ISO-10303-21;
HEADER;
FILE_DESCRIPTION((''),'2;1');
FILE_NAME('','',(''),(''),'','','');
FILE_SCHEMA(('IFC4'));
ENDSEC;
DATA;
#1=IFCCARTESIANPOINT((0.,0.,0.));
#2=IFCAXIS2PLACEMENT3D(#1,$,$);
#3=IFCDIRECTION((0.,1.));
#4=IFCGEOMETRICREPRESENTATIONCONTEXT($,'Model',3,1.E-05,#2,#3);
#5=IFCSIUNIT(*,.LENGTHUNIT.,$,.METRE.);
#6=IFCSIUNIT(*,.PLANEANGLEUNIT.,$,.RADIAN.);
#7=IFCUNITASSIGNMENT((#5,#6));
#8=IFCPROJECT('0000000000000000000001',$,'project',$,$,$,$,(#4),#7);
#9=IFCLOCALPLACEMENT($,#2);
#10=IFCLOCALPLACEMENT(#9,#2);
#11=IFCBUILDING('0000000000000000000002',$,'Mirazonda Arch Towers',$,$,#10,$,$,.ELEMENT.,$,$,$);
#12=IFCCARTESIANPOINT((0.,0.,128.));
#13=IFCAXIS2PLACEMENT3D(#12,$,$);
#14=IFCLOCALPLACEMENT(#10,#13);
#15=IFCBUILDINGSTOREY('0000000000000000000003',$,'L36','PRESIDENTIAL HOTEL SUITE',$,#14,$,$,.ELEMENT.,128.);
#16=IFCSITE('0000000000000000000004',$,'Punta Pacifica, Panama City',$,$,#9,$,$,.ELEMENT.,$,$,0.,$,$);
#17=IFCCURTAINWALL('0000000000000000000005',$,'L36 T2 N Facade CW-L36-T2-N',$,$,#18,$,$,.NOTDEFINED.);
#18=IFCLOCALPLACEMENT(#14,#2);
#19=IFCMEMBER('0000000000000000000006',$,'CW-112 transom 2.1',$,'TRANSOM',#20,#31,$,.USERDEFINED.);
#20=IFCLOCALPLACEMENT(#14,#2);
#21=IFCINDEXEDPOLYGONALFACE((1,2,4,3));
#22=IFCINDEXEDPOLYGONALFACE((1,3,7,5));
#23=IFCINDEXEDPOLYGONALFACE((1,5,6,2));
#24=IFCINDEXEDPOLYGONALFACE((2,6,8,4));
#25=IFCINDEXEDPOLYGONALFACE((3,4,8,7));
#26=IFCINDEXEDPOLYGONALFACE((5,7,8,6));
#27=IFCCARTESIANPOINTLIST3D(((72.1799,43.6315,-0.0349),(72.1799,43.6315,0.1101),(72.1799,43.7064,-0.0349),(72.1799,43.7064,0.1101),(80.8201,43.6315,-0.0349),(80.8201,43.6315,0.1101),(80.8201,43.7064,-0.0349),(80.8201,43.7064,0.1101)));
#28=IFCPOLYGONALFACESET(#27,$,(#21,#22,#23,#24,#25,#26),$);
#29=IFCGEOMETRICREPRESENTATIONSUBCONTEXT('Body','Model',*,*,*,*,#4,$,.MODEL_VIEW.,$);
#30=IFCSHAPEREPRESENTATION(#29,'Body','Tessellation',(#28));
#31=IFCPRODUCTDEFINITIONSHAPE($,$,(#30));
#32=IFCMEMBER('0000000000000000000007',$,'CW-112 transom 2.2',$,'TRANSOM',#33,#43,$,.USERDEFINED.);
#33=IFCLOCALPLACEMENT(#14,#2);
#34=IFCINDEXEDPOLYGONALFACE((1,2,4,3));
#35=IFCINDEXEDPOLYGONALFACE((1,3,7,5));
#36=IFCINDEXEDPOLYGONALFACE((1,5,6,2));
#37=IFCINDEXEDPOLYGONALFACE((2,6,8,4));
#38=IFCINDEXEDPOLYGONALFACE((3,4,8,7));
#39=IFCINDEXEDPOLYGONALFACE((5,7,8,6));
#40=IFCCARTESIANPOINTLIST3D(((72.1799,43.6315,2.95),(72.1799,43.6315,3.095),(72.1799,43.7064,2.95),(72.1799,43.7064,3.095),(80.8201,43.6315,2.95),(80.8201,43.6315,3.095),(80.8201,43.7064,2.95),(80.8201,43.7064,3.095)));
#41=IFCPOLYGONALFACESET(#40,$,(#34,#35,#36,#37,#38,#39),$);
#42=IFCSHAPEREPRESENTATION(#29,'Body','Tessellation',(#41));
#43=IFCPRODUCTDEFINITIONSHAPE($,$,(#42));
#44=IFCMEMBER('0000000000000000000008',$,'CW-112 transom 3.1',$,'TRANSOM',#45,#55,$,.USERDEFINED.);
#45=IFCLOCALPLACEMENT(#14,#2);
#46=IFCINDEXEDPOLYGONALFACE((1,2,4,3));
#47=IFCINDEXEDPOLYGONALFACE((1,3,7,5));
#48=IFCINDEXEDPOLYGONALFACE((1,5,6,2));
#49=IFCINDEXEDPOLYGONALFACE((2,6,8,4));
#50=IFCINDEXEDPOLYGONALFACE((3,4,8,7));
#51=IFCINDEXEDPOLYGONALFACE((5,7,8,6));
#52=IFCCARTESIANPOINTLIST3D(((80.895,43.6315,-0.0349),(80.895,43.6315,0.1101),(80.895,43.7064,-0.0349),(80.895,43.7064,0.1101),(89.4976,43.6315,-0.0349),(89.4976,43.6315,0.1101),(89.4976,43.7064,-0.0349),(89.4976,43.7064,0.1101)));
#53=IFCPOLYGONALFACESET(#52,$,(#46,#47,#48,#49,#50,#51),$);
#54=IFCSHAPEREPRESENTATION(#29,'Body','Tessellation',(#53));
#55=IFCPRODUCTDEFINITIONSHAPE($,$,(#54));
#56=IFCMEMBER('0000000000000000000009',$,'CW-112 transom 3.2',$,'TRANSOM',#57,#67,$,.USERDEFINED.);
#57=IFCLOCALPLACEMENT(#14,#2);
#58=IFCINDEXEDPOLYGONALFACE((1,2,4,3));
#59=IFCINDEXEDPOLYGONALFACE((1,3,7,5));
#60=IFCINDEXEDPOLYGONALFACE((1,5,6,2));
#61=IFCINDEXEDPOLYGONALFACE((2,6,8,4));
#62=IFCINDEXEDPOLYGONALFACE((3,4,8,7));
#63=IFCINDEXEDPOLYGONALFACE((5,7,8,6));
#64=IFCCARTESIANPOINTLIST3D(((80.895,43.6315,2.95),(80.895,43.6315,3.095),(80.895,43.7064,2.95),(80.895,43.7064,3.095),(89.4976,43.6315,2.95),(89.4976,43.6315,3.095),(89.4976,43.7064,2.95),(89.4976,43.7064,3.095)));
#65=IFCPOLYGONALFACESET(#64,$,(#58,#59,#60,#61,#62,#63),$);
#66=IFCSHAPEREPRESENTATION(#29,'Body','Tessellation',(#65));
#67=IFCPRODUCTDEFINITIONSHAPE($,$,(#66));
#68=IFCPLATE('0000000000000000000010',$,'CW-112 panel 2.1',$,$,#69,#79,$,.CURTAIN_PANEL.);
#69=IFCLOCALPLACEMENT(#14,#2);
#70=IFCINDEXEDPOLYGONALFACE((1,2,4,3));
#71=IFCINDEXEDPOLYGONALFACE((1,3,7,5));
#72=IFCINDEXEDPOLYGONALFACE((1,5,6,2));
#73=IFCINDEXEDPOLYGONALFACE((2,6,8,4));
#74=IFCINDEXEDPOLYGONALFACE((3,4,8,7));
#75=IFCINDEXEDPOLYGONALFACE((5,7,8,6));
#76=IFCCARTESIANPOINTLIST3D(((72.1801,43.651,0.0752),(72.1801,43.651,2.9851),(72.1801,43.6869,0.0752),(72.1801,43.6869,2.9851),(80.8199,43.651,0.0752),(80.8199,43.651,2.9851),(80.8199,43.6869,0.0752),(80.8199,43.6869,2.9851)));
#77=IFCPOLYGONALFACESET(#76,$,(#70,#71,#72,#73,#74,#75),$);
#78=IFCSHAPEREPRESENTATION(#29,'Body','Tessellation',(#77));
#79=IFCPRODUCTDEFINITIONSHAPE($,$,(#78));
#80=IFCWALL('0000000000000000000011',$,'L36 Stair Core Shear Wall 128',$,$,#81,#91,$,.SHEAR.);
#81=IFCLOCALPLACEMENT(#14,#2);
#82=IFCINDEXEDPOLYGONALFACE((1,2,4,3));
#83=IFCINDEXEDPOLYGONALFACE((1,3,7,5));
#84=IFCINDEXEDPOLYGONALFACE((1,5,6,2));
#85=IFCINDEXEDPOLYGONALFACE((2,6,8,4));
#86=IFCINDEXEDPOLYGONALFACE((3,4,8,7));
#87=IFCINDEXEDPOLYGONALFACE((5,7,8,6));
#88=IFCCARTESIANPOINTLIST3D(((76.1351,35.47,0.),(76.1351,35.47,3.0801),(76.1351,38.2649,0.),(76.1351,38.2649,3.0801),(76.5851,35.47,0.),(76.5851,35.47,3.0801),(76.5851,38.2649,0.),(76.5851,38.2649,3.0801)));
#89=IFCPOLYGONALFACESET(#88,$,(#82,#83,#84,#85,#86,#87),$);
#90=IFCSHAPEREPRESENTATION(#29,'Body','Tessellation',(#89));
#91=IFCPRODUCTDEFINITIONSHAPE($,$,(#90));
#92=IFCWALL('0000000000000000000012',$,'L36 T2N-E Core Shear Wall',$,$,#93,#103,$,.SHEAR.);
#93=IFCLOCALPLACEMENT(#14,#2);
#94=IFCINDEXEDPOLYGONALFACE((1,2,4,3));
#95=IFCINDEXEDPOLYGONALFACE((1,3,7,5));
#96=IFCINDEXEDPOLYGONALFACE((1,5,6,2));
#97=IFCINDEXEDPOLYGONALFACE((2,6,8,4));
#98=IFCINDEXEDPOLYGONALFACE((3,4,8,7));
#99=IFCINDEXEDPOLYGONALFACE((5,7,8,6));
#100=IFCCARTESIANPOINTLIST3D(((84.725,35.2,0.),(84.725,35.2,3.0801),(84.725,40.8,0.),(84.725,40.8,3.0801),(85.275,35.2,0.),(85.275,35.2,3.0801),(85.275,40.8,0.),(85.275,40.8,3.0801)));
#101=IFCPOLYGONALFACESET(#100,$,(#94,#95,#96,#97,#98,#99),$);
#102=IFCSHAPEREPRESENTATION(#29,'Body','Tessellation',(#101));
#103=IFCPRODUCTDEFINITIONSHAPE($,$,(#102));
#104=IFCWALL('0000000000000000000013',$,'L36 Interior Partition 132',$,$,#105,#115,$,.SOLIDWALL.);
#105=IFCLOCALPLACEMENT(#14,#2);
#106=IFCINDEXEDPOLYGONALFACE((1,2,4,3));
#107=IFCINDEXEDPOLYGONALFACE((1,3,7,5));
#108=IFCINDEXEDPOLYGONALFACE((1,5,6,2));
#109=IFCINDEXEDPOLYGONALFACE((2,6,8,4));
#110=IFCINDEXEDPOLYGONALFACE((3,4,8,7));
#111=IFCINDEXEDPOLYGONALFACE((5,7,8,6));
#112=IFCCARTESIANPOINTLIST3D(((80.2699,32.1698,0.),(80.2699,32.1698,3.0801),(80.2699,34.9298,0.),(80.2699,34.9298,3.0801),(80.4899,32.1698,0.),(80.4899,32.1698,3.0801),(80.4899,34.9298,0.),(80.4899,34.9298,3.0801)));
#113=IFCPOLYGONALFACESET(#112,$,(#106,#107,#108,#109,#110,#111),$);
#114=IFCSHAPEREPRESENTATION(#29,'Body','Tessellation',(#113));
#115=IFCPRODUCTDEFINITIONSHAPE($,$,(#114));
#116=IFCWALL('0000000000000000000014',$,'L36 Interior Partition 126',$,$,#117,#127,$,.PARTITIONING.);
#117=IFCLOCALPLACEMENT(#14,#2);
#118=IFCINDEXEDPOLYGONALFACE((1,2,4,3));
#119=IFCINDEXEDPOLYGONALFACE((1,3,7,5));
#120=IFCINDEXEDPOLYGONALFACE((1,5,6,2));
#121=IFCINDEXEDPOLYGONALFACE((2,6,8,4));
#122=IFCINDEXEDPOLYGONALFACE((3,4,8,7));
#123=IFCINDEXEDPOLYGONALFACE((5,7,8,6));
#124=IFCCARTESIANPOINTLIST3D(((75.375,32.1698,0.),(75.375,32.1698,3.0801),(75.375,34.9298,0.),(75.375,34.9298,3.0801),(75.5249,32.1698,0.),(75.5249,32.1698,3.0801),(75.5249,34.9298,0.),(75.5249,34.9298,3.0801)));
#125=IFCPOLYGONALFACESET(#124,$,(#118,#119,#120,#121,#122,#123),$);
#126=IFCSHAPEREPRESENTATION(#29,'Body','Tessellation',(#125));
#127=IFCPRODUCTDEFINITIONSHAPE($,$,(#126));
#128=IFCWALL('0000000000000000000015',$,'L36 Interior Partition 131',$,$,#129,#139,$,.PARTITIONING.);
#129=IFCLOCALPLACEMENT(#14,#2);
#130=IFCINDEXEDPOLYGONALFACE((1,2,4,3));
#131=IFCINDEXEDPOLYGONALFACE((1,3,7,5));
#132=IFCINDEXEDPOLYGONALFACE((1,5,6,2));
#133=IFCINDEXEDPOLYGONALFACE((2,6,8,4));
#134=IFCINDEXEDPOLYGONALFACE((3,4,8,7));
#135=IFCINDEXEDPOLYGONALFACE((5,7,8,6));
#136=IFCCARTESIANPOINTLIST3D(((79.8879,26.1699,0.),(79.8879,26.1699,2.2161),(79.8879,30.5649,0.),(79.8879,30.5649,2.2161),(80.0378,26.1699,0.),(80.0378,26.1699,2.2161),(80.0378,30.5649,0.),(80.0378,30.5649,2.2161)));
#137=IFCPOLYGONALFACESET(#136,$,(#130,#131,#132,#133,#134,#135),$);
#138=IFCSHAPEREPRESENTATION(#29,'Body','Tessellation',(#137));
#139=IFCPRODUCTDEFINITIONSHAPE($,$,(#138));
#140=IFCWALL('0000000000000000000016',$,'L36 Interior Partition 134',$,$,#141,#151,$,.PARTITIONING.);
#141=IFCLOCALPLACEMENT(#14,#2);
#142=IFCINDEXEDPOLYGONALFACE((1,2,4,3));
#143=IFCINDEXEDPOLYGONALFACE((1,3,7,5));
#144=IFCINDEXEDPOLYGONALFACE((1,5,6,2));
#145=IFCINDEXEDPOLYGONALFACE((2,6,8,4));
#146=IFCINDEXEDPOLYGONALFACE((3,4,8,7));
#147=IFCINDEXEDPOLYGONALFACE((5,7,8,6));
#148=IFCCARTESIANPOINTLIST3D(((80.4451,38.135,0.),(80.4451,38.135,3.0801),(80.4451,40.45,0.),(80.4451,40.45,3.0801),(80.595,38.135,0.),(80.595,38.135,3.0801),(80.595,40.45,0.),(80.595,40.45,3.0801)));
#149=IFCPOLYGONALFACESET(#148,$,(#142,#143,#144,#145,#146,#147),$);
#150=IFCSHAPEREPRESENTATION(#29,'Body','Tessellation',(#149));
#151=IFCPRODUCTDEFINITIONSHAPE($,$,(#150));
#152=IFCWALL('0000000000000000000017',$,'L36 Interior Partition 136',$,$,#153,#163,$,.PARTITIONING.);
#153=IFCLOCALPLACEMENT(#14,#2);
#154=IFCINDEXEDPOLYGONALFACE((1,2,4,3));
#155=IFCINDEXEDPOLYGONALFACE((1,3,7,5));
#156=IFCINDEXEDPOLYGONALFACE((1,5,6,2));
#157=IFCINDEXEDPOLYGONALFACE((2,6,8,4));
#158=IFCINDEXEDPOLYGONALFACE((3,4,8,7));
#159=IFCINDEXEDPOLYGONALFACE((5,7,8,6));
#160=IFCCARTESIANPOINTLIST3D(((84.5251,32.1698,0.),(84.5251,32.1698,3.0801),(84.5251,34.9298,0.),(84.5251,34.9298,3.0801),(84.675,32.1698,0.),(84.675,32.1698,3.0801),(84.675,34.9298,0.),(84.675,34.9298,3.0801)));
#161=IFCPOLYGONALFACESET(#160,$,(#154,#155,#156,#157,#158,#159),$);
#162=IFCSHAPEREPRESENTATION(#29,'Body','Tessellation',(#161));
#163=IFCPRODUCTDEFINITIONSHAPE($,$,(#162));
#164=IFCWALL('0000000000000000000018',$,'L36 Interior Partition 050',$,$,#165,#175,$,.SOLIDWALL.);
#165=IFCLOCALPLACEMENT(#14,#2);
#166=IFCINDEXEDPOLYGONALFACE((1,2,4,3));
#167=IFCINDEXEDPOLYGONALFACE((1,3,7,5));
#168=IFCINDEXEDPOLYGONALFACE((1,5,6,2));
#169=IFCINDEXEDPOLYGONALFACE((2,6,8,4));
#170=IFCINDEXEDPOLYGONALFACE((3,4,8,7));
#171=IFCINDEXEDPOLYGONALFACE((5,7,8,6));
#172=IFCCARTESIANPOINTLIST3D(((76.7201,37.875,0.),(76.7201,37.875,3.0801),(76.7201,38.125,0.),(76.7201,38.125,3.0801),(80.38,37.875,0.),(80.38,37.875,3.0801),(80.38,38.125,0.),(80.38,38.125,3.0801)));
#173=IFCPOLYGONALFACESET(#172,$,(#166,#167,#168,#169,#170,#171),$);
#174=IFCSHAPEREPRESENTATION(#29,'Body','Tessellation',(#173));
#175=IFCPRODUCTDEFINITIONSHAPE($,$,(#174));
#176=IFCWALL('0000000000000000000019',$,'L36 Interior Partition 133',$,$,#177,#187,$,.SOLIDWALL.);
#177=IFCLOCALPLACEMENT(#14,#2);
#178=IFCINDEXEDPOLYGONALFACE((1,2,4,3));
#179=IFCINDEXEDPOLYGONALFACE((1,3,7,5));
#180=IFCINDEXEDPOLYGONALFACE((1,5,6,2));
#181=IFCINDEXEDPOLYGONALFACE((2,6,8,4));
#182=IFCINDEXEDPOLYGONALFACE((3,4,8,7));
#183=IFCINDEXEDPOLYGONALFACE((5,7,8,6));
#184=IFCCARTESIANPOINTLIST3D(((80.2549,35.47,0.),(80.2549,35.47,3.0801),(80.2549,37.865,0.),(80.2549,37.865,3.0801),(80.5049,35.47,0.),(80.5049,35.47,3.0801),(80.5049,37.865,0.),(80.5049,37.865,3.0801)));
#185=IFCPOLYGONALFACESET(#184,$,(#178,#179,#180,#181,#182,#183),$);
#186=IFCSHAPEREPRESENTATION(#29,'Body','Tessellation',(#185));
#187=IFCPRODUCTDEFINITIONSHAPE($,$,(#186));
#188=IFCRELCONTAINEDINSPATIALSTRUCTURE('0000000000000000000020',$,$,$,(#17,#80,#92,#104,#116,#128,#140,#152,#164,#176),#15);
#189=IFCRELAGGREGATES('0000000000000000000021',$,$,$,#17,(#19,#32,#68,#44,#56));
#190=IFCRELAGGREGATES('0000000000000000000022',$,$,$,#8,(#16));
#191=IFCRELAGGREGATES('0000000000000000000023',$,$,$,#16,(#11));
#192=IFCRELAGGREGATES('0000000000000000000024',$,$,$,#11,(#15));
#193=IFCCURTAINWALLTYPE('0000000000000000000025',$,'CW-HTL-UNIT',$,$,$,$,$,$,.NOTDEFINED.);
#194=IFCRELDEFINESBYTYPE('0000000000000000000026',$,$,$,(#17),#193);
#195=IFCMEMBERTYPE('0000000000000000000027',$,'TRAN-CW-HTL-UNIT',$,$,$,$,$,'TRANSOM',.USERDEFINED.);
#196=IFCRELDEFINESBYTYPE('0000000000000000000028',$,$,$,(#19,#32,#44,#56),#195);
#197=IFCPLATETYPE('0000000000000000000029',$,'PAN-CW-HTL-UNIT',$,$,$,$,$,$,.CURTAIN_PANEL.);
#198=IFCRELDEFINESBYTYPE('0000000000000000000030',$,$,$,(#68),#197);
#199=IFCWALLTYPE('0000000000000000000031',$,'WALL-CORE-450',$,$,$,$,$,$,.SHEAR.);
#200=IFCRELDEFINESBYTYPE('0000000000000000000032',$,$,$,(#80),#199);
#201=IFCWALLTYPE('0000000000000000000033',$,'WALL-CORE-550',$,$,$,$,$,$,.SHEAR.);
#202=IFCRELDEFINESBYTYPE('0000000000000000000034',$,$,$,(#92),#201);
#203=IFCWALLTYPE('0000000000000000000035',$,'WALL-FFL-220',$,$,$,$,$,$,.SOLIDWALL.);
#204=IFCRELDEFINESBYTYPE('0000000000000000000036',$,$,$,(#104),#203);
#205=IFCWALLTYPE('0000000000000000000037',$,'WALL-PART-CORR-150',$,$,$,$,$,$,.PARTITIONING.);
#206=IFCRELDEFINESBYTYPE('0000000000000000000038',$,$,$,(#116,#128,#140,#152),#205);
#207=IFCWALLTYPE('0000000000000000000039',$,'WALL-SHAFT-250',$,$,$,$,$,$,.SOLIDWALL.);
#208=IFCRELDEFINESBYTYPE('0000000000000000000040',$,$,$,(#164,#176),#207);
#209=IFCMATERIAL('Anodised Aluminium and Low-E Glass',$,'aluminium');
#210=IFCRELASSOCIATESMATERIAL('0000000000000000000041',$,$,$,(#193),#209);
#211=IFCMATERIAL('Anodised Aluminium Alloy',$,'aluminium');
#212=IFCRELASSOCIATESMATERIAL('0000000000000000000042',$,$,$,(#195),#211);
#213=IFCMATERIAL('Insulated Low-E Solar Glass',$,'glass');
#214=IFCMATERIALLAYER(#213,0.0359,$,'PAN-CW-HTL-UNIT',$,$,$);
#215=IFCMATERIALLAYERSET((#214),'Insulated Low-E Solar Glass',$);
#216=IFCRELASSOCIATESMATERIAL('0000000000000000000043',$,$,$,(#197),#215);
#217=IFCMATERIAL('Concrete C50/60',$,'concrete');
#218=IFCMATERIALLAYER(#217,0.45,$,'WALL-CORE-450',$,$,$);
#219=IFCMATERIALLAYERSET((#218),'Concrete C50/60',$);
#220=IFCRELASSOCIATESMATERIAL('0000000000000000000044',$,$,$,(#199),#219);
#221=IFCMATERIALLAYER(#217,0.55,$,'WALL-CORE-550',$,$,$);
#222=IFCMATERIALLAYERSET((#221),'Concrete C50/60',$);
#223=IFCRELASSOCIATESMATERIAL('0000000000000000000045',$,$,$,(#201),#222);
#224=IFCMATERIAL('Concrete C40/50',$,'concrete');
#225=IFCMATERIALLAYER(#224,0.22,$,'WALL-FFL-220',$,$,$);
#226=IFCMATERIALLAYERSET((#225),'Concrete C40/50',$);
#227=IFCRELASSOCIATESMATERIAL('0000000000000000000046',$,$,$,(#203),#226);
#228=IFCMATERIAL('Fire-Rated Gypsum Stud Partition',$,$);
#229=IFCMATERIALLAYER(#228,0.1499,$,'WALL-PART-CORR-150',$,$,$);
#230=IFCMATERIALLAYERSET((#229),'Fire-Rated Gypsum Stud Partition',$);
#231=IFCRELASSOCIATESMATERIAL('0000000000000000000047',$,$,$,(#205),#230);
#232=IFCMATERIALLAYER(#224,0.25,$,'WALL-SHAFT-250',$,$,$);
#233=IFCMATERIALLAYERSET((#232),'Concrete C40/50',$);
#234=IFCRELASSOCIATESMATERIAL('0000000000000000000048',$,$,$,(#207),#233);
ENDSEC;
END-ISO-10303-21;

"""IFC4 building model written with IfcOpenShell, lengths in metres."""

from ifc_helpers import new_model, si_unit, direction, frame, frame_2d, origin, origin_2d, place, context, subcontext, project, spatial, rectangle, extrude, material, layer, layer_set, material_profile, profile_set, type_object, element, aggregate, save


model = new_model("IFC4")

# Units and contexts
model_context = context("Model", 3, precision=1e-05, world=origin(), true_north=direction((0.0, 1.0)))
body_context = subcontext(model_context, "Body", "Model", "MODEL_VIEW")
ifc_project = project(units=[si_unit("LENGTHUNIT", "METRE"), si_unit("PLANEANGLEUNIT", "RADIAN")], contexts=[model_context])

# Site, building, storey
site_placement = place(None, origin())
site = spatial("IfcSite", under=ifc_project, at=site_placement, Name="Punta Pacifica, Panama City", CompositionType="ELEMENT", RefElevation=0.0)
building_placement = place(site_placement, origin())
building = spatial("IfcBuilding", under=site, at=building_placement, Name="Mirazonda Arch Towers", CompositionType="ELEMENT")
storey_placement = place(building_placement, frame((0.0, 0.0, 128.0)))
storey = spatial("IfcBuildingStorey", under=building, at=storey_placement, Name="L36", Description="PRESIDENTIAL HOTEL SUITE", CompositionType="ELEMENT", Elevation=128.0)

# Shared definitions
ifc_material_1 = material(Name="Concrete C50/60", Category="concrete")

# Curtain wall, members, plate
ifc_material_2 = material(Name="Anodised Aluminium and Low-E Glass", Category="aluminium")
curtain_wall_type = type_object("IfcCurtainWallType", Name="CW-HTL-UNIT", PredefinedType="NOTDEFINED", material=ifc_material_2)
curtain_wall_placement = place(storey_placement, origin())
curtain_wall = element("IfcCurtainWall", 1, at=curtain_wall_placement, inside=storey, type_object=curtain_wall_type, Name="L36 T2 N Facade CW-L36-T2-N", PredefinedType="NOTDEFINED")
ifc_material_3 = material(Name="Anodised Aluminium Alloy", Category="aluminium")
ifc_material_profile_1 = material_profile(ifc_material_3, rectangle(XDim=0.075, YDim=0.145, at=origin_2d()), Name="ALU-TRAN-75x145")
ifc_profile_set_1 = profile_set([ifc_material_profile_1], Name="Anodised Aluminium Alloy")
member_type_1 = type_object("IfcMemberType", Name="TRAN-CW-HTL-UNIT", ElementType="TRANSOM", PredefinedType="USERDEFINED", material=ifc_profile_set_1)
member_1_placement = place(storey_placement, frame((72.1799, 43.6689, 0.0376), z_axis=(1.0, 0.0, 0.0), x_axis=(0.0, 1.0, 0.0)))
member_1 = element("IfcMember", 2, at=member_1_placement, type_object=member_type_1, Name="CW-112 transom 2.1", ObjectType="TRANSOM", PredefinedType="USERDEFINED", context=body_context, shape_type="SweptSolid", body=[
    extrude(rectangle(XDim=0.075, YDim=0.145, at=origin_2d()), origin(), (0.0, 0.0, 1.0), 8.6401),
])
member_2_placement = place(storey_placement, frame((72.1799, 43.6689, 3.0225), z_axis=(1.0, 0.0, 0.0), x_axis=(0.0, 1.0, 0.0)))
member_2 = element("IfcMember", 3, at=member_2_placement, type_object=member_type_1, Name="CW-112 transom 2.2", ObjectType="TRANSOM", PredefinedType="USERDEFINED", context=body_context, shape_type="SweptSolid", body=[
    extrude(rectangle(XDim=0.075, YDim=0.145, at=origin_2d()), origin(), (0.0, 0.0, 1.0), 8.6401),
])
member_3_placement = place(storey_placement, frame((80.895, 43.6689, 0.0376), z_axis=(1.0, 0.0, 0.0), x_axis=(0.0, 1.0, 0.0)))
member_3 = element("IfcMember", 4, at=member_3_placement, type_object=member_type_1, Name="CW-112 transom 3.1", ObjectType="TRANSOM", PredefinedType="USERDEFINED", context=body_context, shape_type="SweptSolid", body=[
    extrude(rectangle(XDim=0.075, YDim=0.145, at=origin_2d()), origin(), (0.0, 0.0, 1.0), 8.6025),
])
member_4_placement = place(storey_placement, frame((80.895, 43.6689, 3.0225), z_axis=(1.0, 0.0, 0.0), x_axis=(0.0, 1.0, 0.0)))
member_4 = element("IfcMember", 5, at=member_4_placement, type_object=member_type_1, Name="CW-112 transom 3.2", ObjectType="TRANSOM", PredefinedType="USERDEFINED", context=body_context, shape_type="SweptSolid", body=[
    extrude(rectangle(XDim=0.075, YDim=0.145, at=origin_2d()), origin(), (0.0, 0.0, 1.0), 8.6025),
])
ifc_material_4 = material(Name="Insulated Low-E Solar Glass", Category="glass")
ifc_layer_1 = layer(ifc_material_4, 0.0359, Name="PAN-CW-HTL-UNIT")
ifc_layer_set_1 = layer_set([ifc_layer_1], Name="Insulated Low-E Solar Glass")
plate_type = type_object("IfcPlateType", Name="PAN-CW-HTL-UNIT", PredefinedType="CURTAIN_PANEL", material=ifc_layer_set_1)
plate_placement = place(storey_placement, frame((76.5, 43.6689, 0.0752), z_axis=(0.0, 0.0, 1.0), x_axis=(1.0, 0.0, 0.0)))
plate = element("IfcPlate", 6, at=plate_placement, type_object=plate_type, Name="CW-112 panel 2.1", PredefinedType="CURTAIN_PANEL", context=body_context, shape_type="SweptSolid", body=[
    extrude(rectangle(XDim=8.6399, YDim=0.0359, at=origin_2d()), origin(), (0.0, 0.0, 1.0), 2.9099),
])
aggregate(curtain_wall, [member_1, member_2, plate, member_3, member_4])

# Walls
ifc_layer_2 = layer(ifc_material_1, 0.45, Name="WALL-CORE-450")
ifc_layer_set_2 = layer_set([ifc_layer_2], Name="Concrete C50/60")
wall_type_1 = type_object("IfcWallType", Name="WALL-CORE-450", PredefinedType="SHEAR", material=ifc_layer_set_2)
wall_1_placement = place(storey_placement, frame((76.3601, 35.47, 0.0), z_axis=(0.0, 0.0, 1.0), x_axis=(0.0, 1.0, 0.0)))
element("IfcWall", 7, at=wall_1_placement, inside=storey, type_object=wall_type_1, Name="L36 Stair Core Shear Wall 128", PredefinedType="SHEAR", context=body_context, shape_type="SweptSolid", body=[
    extrude(rectangle(XDim=2.7949, YDim=0.45, at=frame_2d((1.3975, 0.0))), origin(), (0.0, 0.0, 1.0), 3.0801),
])
ifc_layer_3 = layer(ifc_material_1, 0.55, Name="WALL-CORE-550")
ifc_layer_set_3 = layer_set([ifc_layer_3], Name="Concrete C50/60")
wall_type_2 = type_object("IfcWallType", Name="WALL-CORE-550", PredefinedType="SHEAR", material=ifc_layer_set_3)
wall_2_placement = place(storey_placement, frame((85.0, 35.2, 0.0), z_axis=(0.0, 0.0, 1.0), x_axis=(0.0, 1.0, 0.0)))
element("IfcWall", 8, at=wall_2_placement, inside=storey, type_object=wall_type_2, Name="L36 T2N-E Core Shear Wall", PredefinedType="SHEAR", context=body_context, shape_type="SweptSolid", body=[
    extrude(rectangle(XDim=5.6001, YDim=0.55, at=frame_2d((2.8, 0.0))), origin(), (0.0, 0.0, 1.0), 3.0801),
])
ifc_material_5 = material(Name="Concrete C40/50", Category="concrete")
ifc_layer_4 = layer(ifc_material_5, 0.22, Name="WALL-FFL-220")
ifc_layer_set_4 = layer_set([ifc_layer_4], Name="Concrete C40/50")
wall_type_3 = type_object("IfcWallType", Name="WALL-FFL-220", PredefinedType="SOLIDWALL", material=ifc_layer_set_4)
wall_3_placement = place(storey_placement, frame((80.3799, 32.1699, 0.0), z_axis=(0.0, 0.0, 1.0), x_axis=(0.0, 1.0, 0.0)))
element("IfcWall", 9, at=wall_3_placement, inside=storey, type_object=wall_type_3, Name="L36 Interior Partition 132", PredefinedType="SOLIDWALL", context=body_context, shape_type="SweptSolid", body=[
    extrude(rectangle(XDim=2.76, YDim=0.22, at=frame_2d((1.3799, 0.0))), origin(), (0.0, 0.0, 1.0), 3.0801),
])
ifc_material_6 = material(Name="Fire-Rated Gypsum Stud Partition")
ifc_layer_5 = layer(ifc_material_6, 0.1499, Name="WALL-PART-CORR-150")
ifc_layer_set_5 = layer_set([ifc_layer_5], Name="Fire-Rated Gypsum Stud Partition")
wall_type_4 = type_object("IfcWallType", Name="WALL-PART-CORR-150", PredefinedType="PARTITIONING", material=ifc_layer_set_5)
wall_4_placement = place(storey_placement, frame((75.45, 32.1699, 0.0), z_axis=(0.0, 0.0, 1.0), x_axis=(0.0, 1.0, 0.0)))
element("IfcWall", 10, at=wall_4_placement, inside=storey, type_object=wall_type_4, Name="L36 Interior Partition 126", PredefinedType="PARTITIONING", context=body_context, shape_type="SweptSolid", body=[
    extrude(rectangle(XDim=2.76, YDim=0.1499, at=frame_2d((1.3799, 0.0))), origin(), (0.0, 0.0, 1.0), 3.0801),
])
wall_5_placement = place(storey_placement, frame((79.9629, 26.1699, 0.0), z_axis=(0.0, 0.0, 1.0), x_axis=(0.0, 1.0, 0.0)))
element("IfcWall", 11, at=wall_5_placement, inside=storey, type_object=wall_type_4, Name="L36 Interior Partition 131", PredefinedType="PARTITIONING", context=body_context, shape_type="SweptSolid", body=[
    extrude(rectangle(XDim=4.395, YDim=0.1499, at=frame_2d((2.1975, 0.0))), origin(), (0.0, 0.0, 1.0), 2.2161),
])
wall_6_placement = place(storey_placement, frame((80.52, 38.135, 0.0), z_axis=(0.0, 0.0, 1.0), x_axis=(0.0, 1.0, 0.0)))
element("IfcWall", 12, at=wall_6_placement, inside=storey, type_object=wall_type_4, Name="L36 Interior Partition 134", PredefinedType="PARTITIONING", context=body_context, shape_type="SweptSolid", body=[
    extrude(rectangle(XDim=2.3149, YDim=0.1499, at=frame_2d((1.1575, 0.0))), origin(), (0.0, 0.0, 1.0), 3.0801),
])
wall_7_placement = place(storey_placement, frame((84.6001, 32.1699, 0.0), z_axis=(0.0, 0.0, 1.0), x_axis=(0.0, 1.0, 0.0)))
element("IfcWall", 13, at=wall_7_placement, inside=storey, type_object=wall_type_4, Name="L36 Interior Partition 136", PredefinedType="PARTITIONING", context=body_context, shape_type="SweptSolid", body=[
    extrude(rectangle(XDim=2.76, YDim=0.1499, at=frame_2d((1.3799, 0.0))), origin(), (0.0, 0.0, 1.0), 3.0801),
])
ifc_layer_6 = layer(ifc_material_5, 0.25, Name="WALL-SHAFT-250")
ifc_layer_set_6 = layer_set([ifc_layer_6], Name="Concrete C40/50")
wall_type_5 = type_object("IfcWallType", Name="WALL-SHAFT-250", PredefinedType="SOLIDWALL", material=ifc_layer_set_6)
wall_8_placement = place(storey_placement, frame((76.72, 38.0, 0.0), z_axis=(0.0, 0.0, 1.0), x_axis=(1.0, 0.0, 0.0)))
element("IfcWall", 14, at=wall_8_placement, inside=storey, type_object=wall_type_5, Name="L36 Interior Partition 050", PredefinedType="SOLIDWALL", context=body_context, shape_type="SweptSolid", body=[
    extrude(rectangle(XDim=3.6599, YDim=0.25, at=frame_2d((1.8301, 0.0))), origin(), (0.0, 0.0, 1.0), 3.0801),
])
wall_9_placement = place(storey_placement, frame((80.3799, 35.47, 0.0), z_axis=(0.0, 0.0, 1.0), x_axis=(0.0, 1.0, 0.0)))
element("IfcWall", 15, at=wall_9_placement, inside=storey, type_object=wall_type_5, Name="L36 Interior Partition 133", PredefinedType="SOLIDWALL", context=body_context, shape_type="SweptSolid", body=[
    extrude(rectangle(XDim=2.395, YDim=0.25, at=frame_2d((1.1975, 0.0))), origin(), (0.0, 0.0, 1.0), 3.0801),
])

save(model, "model.ifc")
